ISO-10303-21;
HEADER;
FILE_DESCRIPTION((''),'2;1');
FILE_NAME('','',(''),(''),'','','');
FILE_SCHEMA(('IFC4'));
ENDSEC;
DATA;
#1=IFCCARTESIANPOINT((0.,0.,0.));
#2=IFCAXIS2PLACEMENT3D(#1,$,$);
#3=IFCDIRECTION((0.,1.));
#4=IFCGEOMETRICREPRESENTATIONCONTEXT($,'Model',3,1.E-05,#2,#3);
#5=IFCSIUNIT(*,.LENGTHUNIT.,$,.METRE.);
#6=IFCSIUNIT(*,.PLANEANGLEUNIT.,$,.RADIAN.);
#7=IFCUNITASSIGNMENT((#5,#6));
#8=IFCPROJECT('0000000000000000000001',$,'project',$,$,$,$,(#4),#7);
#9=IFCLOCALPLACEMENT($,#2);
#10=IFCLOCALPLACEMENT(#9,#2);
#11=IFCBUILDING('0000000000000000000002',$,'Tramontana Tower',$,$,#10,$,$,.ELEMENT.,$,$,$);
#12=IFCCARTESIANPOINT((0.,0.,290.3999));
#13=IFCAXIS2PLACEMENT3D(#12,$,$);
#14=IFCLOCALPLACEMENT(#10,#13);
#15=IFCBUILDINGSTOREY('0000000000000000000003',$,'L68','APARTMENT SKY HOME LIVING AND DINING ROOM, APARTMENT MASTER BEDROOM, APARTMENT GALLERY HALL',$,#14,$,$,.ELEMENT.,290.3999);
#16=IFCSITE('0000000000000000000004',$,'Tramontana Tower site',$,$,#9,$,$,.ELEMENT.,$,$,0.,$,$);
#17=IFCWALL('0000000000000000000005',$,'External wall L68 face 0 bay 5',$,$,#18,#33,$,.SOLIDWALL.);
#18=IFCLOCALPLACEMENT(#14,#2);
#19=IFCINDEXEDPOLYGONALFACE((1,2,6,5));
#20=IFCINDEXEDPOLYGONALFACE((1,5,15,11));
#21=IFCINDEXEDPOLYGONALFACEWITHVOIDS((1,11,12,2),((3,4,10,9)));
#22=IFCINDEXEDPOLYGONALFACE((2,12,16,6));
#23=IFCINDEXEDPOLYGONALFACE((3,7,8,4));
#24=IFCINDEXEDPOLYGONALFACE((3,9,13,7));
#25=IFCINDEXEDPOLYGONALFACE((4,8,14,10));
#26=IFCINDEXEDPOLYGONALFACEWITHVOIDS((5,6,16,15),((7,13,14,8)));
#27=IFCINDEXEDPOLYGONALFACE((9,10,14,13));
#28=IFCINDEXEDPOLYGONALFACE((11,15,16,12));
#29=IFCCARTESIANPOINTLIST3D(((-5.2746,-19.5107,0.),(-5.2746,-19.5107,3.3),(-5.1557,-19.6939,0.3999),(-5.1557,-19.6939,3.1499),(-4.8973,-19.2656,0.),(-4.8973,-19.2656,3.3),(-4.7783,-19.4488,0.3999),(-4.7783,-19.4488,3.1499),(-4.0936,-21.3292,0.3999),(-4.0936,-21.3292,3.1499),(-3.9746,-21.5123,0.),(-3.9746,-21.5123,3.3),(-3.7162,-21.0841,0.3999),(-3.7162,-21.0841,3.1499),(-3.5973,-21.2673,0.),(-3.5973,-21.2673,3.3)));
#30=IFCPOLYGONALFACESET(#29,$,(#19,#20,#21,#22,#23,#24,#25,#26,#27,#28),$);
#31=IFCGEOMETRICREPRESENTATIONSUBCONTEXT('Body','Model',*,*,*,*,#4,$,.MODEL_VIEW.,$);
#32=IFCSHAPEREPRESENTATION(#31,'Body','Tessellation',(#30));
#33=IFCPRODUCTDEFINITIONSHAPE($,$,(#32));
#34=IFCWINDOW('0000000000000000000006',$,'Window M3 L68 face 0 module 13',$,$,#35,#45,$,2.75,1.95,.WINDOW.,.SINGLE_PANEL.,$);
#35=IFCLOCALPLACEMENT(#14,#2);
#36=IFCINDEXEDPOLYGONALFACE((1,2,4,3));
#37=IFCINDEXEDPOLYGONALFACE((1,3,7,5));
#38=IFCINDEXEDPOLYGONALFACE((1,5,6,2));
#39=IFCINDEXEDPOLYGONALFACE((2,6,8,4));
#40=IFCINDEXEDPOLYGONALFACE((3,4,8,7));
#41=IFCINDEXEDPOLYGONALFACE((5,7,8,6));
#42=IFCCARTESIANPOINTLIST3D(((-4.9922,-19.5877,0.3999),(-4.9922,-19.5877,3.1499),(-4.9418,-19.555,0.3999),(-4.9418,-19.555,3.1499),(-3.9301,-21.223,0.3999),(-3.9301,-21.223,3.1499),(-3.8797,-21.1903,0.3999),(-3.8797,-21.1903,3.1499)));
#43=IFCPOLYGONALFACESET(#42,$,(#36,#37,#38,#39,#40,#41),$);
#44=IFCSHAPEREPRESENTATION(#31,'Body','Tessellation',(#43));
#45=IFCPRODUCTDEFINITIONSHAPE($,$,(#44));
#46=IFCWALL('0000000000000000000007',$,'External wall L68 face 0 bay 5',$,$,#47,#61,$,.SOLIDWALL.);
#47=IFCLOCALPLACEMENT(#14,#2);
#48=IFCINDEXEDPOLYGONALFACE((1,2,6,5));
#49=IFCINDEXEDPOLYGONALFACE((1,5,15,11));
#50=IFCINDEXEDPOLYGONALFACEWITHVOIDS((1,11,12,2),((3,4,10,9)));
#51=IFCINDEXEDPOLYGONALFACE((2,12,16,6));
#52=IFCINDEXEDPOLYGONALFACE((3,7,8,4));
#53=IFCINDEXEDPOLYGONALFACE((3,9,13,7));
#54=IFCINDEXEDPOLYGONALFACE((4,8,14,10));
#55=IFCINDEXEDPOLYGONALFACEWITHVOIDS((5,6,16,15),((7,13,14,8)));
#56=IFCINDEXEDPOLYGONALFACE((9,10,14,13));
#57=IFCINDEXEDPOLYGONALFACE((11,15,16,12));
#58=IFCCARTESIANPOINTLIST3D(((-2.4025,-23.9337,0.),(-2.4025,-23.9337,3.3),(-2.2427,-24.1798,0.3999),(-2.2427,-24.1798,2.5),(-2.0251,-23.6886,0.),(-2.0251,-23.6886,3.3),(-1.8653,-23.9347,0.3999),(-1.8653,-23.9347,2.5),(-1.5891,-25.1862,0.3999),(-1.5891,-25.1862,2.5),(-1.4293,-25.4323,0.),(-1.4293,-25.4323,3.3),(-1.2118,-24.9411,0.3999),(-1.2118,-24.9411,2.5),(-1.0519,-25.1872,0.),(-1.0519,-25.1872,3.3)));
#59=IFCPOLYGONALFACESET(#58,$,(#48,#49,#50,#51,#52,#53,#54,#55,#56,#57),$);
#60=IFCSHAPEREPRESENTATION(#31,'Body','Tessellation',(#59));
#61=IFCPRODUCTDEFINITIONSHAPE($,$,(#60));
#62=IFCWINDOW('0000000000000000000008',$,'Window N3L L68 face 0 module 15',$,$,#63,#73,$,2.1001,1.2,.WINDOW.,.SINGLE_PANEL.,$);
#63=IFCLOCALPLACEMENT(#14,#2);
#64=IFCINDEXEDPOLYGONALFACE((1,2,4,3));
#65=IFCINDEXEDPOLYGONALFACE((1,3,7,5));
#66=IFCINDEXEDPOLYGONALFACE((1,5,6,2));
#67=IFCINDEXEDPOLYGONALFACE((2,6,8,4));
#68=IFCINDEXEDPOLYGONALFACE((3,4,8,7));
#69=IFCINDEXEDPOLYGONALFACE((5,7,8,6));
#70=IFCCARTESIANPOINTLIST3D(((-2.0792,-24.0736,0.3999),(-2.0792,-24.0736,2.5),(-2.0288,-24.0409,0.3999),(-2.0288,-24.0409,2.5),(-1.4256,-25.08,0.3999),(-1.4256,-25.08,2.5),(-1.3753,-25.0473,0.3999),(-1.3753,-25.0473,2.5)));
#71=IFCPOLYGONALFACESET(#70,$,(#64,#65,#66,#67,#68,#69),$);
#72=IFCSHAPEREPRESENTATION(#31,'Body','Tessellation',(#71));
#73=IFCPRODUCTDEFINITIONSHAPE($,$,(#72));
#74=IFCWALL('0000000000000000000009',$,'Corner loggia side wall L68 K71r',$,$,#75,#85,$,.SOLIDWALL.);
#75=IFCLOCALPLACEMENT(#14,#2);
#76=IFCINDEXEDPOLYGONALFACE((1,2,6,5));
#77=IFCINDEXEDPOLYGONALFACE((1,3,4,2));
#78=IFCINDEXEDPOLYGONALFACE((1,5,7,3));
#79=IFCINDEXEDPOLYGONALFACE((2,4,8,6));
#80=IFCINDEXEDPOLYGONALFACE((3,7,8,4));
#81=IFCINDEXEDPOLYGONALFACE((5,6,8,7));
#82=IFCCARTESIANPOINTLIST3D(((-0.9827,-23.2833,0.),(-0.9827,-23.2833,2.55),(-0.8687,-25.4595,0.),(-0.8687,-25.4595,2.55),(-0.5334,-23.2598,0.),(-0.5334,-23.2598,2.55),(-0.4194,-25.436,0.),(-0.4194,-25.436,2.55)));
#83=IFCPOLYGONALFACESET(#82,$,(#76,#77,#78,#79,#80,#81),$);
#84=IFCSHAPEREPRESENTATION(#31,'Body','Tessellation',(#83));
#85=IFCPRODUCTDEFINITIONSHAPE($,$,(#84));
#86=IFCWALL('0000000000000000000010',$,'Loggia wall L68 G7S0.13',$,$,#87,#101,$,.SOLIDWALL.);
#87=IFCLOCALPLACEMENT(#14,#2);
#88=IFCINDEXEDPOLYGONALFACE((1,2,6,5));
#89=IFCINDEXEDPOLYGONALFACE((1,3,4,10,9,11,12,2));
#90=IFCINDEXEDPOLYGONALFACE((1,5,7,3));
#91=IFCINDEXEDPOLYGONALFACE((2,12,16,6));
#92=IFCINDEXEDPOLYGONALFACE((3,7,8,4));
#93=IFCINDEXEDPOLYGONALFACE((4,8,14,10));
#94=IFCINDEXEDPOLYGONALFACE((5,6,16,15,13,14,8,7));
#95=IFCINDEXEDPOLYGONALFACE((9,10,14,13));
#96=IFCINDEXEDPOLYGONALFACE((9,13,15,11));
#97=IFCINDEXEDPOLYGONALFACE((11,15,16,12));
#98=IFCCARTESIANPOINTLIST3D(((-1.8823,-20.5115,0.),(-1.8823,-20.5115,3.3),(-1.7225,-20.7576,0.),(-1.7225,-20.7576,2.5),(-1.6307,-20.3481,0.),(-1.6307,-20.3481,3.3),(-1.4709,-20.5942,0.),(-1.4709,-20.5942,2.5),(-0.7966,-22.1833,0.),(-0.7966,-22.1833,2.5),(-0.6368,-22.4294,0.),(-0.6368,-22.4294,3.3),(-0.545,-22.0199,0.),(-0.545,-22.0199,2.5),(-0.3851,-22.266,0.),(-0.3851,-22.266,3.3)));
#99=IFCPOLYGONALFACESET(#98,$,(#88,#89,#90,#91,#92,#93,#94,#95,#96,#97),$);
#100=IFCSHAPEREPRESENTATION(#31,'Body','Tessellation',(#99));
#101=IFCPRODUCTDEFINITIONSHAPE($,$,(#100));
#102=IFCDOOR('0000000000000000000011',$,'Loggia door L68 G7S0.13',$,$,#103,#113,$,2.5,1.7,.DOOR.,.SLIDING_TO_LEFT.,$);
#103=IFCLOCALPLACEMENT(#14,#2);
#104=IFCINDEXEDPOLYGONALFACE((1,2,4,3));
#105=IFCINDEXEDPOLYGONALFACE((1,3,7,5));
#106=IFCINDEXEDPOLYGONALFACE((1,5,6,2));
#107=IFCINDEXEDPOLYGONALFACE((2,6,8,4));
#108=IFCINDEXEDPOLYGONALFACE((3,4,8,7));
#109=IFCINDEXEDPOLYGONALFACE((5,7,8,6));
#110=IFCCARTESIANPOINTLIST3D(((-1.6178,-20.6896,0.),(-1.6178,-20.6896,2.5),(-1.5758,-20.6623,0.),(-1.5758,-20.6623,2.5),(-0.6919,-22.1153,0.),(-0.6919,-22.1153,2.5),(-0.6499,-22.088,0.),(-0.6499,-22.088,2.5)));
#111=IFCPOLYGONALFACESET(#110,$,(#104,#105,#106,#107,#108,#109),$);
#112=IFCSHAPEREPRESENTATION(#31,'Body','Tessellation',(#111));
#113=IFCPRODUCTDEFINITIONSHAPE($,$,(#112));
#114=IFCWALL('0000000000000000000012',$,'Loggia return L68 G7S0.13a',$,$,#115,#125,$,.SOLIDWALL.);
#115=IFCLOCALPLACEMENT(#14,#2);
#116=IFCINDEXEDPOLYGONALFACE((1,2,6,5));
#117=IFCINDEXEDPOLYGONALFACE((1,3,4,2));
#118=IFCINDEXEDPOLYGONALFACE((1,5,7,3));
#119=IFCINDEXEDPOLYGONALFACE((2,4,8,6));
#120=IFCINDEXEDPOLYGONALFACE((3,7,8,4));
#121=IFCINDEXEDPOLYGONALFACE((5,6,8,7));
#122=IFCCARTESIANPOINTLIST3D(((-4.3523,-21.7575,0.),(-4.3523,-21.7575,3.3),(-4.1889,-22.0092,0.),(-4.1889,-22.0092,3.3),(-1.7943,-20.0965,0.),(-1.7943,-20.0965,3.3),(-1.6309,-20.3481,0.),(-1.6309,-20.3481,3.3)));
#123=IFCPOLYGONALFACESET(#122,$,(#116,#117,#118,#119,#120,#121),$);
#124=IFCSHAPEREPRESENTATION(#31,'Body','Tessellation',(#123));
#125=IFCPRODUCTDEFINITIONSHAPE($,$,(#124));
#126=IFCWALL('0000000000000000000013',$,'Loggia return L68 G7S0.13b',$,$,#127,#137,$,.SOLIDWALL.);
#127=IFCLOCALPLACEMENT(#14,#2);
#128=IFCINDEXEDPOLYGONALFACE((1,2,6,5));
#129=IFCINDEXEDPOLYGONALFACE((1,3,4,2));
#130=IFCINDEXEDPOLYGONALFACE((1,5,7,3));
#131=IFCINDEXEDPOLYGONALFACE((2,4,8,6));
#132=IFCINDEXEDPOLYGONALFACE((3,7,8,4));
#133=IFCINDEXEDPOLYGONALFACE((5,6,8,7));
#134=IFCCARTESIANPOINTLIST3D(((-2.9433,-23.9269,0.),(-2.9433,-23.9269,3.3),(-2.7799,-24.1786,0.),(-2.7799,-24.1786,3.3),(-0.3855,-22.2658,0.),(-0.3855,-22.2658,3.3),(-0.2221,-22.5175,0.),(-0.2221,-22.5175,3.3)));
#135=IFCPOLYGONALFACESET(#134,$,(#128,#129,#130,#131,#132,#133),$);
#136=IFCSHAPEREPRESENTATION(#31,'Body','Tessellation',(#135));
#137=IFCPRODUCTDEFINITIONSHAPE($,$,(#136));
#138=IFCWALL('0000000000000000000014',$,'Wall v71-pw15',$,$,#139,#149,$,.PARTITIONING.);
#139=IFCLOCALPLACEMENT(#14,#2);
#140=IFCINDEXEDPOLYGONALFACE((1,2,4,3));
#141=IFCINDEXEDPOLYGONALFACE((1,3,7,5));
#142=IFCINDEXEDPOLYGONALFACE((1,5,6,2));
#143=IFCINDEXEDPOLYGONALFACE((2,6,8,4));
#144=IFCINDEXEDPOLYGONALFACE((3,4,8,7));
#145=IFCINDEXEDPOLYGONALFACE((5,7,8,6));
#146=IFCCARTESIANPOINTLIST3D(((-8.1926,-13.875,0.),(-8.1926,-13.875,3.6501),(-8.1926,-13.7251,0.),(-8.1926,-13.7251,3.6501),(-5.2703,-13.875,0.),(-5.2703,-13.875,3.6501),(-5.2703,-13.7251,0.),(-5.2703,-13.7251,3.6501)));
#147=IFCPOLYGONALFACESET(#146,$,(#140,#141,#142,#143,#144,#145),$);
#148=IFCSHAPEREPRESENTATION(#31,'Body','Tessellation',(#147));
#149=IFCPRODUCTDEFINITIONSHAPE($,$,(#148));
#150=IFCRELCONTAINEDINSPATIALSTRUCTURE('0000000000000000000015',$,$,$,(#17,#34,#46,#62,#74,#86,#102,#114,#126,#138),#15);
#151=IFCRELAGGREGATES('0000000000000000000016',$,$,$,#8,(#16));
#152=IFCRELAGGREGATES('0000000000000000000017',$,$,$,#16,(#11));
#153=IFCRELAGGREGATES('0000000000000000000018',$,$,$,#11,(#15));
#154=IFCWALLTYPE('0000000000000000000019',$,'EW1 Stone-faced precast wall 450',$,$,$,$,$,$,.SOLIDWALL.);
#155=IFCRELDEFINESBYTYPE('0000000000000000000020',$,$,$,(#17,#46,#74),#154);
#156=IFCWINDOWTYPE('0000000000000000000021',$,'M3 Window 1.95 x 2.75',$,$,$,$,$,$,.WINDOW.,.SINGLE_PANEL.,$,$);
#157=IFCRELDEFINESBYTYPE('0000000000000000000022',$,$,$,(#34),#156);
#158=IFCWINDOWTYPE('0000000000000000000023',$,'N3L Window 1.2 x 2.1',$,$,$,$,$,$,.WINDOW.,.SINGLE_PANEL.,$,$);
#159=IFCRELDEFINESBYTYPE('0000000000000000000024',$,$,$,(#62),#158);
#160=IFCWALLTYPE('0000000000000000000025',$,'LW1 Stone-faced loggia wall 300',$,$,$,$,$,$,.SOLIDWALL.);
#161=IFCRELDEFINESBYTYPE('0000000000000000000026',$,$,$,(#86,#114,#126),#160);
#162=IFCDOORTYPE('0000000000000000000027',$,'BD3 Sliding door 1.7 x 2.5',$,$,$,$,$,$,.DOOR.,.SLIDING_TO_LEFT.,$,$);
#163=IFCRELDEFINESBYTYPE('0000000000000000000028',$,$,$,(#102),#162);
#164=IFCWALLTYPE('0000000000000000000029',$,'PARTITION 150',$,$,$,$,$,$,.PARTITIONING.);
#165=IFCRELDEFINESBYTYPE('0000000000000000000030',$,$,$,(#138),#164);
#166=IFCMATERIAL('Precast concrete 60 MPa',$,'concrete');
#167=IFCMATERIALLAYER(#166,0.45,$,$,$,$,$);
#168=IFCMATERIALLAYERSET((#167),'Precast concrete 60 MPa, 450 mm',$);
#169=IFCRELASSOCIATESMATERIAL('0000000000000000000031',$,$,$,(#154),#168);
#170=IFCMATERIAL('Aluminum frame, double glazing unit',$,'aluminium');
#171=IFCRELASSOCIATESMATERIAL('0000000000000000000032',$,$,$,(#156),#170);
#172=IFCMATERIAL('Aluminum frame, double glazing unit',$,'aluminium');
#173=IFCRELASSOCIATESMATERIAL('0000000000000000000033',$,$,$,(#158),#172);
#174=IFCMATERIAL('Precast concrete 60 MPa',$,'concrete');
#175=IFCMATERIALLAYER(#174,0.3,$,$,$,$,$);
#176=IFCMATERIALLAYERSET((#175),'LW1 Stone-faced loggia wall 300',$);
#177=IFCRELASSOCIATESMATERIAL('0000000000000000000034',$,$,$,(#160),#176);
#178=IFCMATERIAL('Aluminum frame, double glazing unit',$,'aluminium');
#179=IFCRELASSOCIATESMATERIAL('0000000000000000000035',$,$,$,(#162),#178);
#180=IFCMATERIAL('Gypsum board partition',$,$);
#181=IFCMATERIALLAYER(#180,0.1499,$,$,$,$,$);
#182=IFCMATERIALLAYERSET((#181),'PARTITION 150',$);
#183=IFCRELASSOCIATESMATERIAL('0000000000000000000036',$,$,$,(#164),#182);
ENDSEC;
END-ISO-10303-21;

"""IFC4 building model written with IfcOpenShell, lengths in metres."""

from ifc_helpers import new_model, si_unit, direction, frame, frame_2d, origin, place, context, subcontext, project, spatial, rectangle, extrude, material, layer, layer_set, type_object, element, fill, save


model = new_model("IFC4")

# Units and contexts
model_context = context("Model", 3, precision=1e-05, world=origin(), true_north=direction((0.0, 1.0)))
body_context = subcontext(model_context, "Body", "Model", "MODEL_VIEW")
ifc_project = project(units=[si_unit("LENGTHUNIT", "METRE"), si_unit("PLANEANGLEUNIT", "RADIAN")], contexts=[model_context])

# Site, building, storey
site_placement = place(None, origin())
site = spatial("IfcSite", under=ifc_project, at=site_placement, Name="Tramontana Tower site", CompositionType="ELEMENT", RefElevation=0.0)
building_placement = place(site_placement, origin())
building = spatial("IfcBuilding", under=site, at=building_placement, Name="Tramontana Tower", CompositionType="ELEMENT")
storey_placement = place(building_placement, frame((0.0, 0.0, 290.3999)))
storey = spatial("IfcBuildingStorey", under=building, at=storey_placement, Name="L68", Description="APARTMENT SKY HOME LIVING AND DINING ROOM, APARTMENT MASTER BEDROOM, APARTMENT GALLERY HALL", CompositionType="ELEMENT", Elevation=290.3999)

# Shared definitions
ifc_material_1 = material(Name="Precast concrete 60 MPa", Category="concrete")
ifc_layer_1 = layer(ifc_material_1, 0.45)
ifc_layer_set_1 = layer_set([ifc_layer_1], Name="Precast concrete 60 MPa, 450 mm")
wall_type_1 = type_object("IfcWallType", Name="EW1 Stone-faced precast wall 450", PredefinedType="SOLIDWALL", material=ifc_layer_set_1)
ifc_material_2 = material(Name="Aluminum frame, double glazing unit", Category="aluminium")
window_type_1 = type_object("IfcWindowType", Name="M3 Window 1.95 x 2.75", PartitioningType="SINGLE_PANEL", PredefinedType="WINDOW", material=ifc_material_2)

# Walls, openings, windows
wall_1_placement = place(storey_placement, frame((-5.0859, -19.3882, 0.0), z_axis=(0.0, 0.0, 1.0), x_axis=(0.544676, -0.838647, 0.0)))
wall_1 = element("IfcWall", 1, at=wall_1_placement, inside=storey, type_object=wall_type_1, Name="External wall L68 face 0 bay 5", PredefinedType="SOLIDWALL", context=body_context, shape_type="SweptSolid", body=[
    extrude(rectangle(XDim=2.3867, YDim=0.45, at=frame_2d((1.1934, 0.0))), origin(), (0.0, 0.0, 1.0), 3.3),
])
opening_1_placement = place(wall_1_placement, frame((0.2183, 0.0, 0.3999)))
opening_1 = element("IfcOpeningElement", 2, at=opening_1_placement, cuts=wall_1, PredefinedType="OPENING", context=body_context, shape_type="SweptSolid", body=[
    extrude(rectangle(XDim=1.95, YDim=2.75, at=frame_2d((0.9751, 1.375))), frame((0.0, 0.2349, 0.0), z_axis=(0.0, -1.0, 0.0), x_axis=(1.0, 0.0, 0.0)), (0.0, 0.0, 1.0), 0.47),
])
window_1_placement = place(opening_1_placement, origin())
window_1 = element("IfcWindow", 3, at=window_1_placement, inside=storey, type_object=window_type_1, Name="Window M3 L68 face 0 module 13", OverallHeight=2.75, OverallWidth=1.95, PartitioningType="SINGLE_PANEL", PredefinedType="WINDOW", context=body_context, shape_type="SweptSolid", body=[
    extrude(rectangle(XDim=1.95, YDim=2.75, at=frame_2d((0.9751, 1.375))), frame((0.0, 0.03, 0.0), z_axis=(0.0, -1.0, 0.0), x_axis=(1.0, 0.0, 0.0)), (0.0, 0.0, 1.0), 0.0601),
])
fill(opening_1, window_1)
wall_2_placement = place(storey_placement, frame((-2.2139, -23.811, 0.0), z_axis=(0.0, 0.0, 1.0), x_axis=(0.544633, -0.838675, 0.0)))
wall_2 = element("IfcWall", 4, at=wall_2_placement, inside=storey, type_object=wall_type_1, Name="External wall L68 face 0 bay 5", PredefinedType="SOLIDWALL", context=body_context, shape_type="SweptSolid", body=[
    extrude(rectangle(XDim=1.7869, YDim=0.45, at=frame_2d((0.8936, 0.0))), origin(), (0.0, 0.0, 1.0), 3.3),
])
opening_2_placement = place(wall_2_placement, frame((0.2935, 0.0, 0.3999)))
opening_2 = element("IfcOpeningElement", 5, at=opening_2_placement, cuts=wall_2, PredefinedType="OPENING", context=body_context, shape_type="SweptSolid", body=[
    extrude(rectangle(XDim=1.2, YDim=2.1001, at=frame_2d((0.6001, 1.05))), frame((0.0, 0.2349, 0.0), z_axis=(0.0, -1.0, 0.0), x_axis=(1.0, 0.0, 0.0)), (0.0, 0.0, 1.0), 0.47),
])
ifc_material_3 = material(Name="Aluminum frame, double glazing unit", Category="aluminium")
window_type_2 = type_object("IfcWindowType", Name="N3L Window 1.2 x 2.1", PartitioningType="SINGLE_PANEL", PredefinedType="WINDOW", material=ifc_material_3)
window_2_placement = place(opening_2_placement, origin())
window_2 = element("IfcWindow", 6, at=window_2_placement, inside=storey, type_object=window_type_2, Name="Window N3L L68 face 0 module 15", OverallHeight=2.1001, OverallWidth=1.2, PartitioningType="SINGLE_PANEL", PredefinedType="WINDOW", context=body_context, shape_type="SweptSolid", body=[
    extrude(rectangle(XDim=1.2, YDim=2.1001, at=frame_2d((0.6001, 1.05))), frame((0.0, 0.03, 0.0), z_axis=(0.0, -1.0, 0.0), x_axis=(1.0, 0.0, 0.0)), (0.0, 0.0, 1.0), 0.0601),
])
fill(opening_2, window_2)

# Wall
wall_3_placement = place(storey_placement, frame((-0.644, -25.4478, 0.0), z_axis=(0.0, 0.0, 1.0), x_axis=(-0.052318, 0.99863, 0.0)))
element("IfcWall", 7, at=wall_3_placement, inside=storey, type_object=wall_type_1, Name="Corner loggia side wall L68 K71r", PredefinedType="SOLIDWALL", context=body_context, shape_type="SweptSolid", body=[
    extrude(rectangle(XDim=2.1792, YDim=0.45, at=frame_2d((1.0896, 0.0))), origin(), (0.0, 0.0, 1.0), 2.55),
])

# Wall, opening, door
ifc_material_4 = material(Name="Precast concrete 60 MPa", Category="concrete")
ifc_layer_2 = layer(ifc_material_4, 0.3)
ifc_layer_set_2 = layer_set([ifc_layer_2], Name="LW1 Stone-faced loggia wall 300")
wall_type_2 = type_object("IfcWallType", Name="LW1 Stone-faced loggia wall 300", PredefinedType="SOLIDWALL", material=ifc_layer_set_2)
wall_4_placement = place(storey_placement, frame((-1.7566, -20.4297, 0.0), z_axis=(0.0, 0.0, 1.0), x_axis=(0.544658, -0.838658, 0.0)))
wall_4 = element("IfcWall", 8, at=wall_4_placement, inside=storey, type_object=wall_type_2, Name="Loggia wall L68 G7S0.13", PredefinedType="SOLIDWALL", context=body_context, shape_type="SweptSolid", body=[
    extrude(rectangle(XDim=2.2869, YDim=0.3, at=frame_2d((1.1436, 0.0))), origin(), (0.0, 0.0, 1.0), 3.3),
])
opening_3_placement = place(wall_4_placement, frame((0.2935, 0.0, 0.0)))
opening_3 = element("IfcOpeningElement", 9, at=opening_3_placement, cuts=wall_4, PredefinedType="OPENING", context=body_context, shape_type="SweptSolid", body=[
    extrude(rectangle(XDim=1.7, YDim=2.5, at=frame_2d((0.8501, 1.25))), frame((0.0, 0.1599, 0.0), z_axis=(0.0, -1.0, 0.0), x_axis=(1.0, 0.0, 0.0)), (0.0, 0.0, 1.0), 0.3201),
])
ifc_material_5 = material(Name="Aluminum frame, double glazing unit", Category="aluminium")
door_type_1 = type_object("IfcDoorType", Name="BD3 Sliding door 1.7 x 2.5", OperationType="SLIDING_TO_LEFT", PredefinedType="DOOR", material=ifc_material_5)
door_1_placement = place(opening_3_placement, origin())
door_1 = element("IfcDoor", 10, at=door_1_placement, inside=storey, type_object=door_type_1, Name="Loggia door L68 G7S0.13", OperationType="SLIDING_TO_LEFT", OverallHeight=2.5, OverallWidth=1.7, PredefinedType="DOOR", context=body_context, shape_type="SweptSolid", body=[
    extrude(rectangle(XDim=1.7, YDim=2.5, at=frame_2d((0.8501, 1.25))), frame((0.0, 0.0249, 0.0), z_axis=(0.0, -1.0, 0.0), x_axis=(1.0, 0.0, 0.0)), (0.0, 0.0, 1.0), 0.05),
])
fill(opening_3, door_1)

# Walls
wall_5_placement = place(storey_placement, frame((-4.2705, -21.8833, 0.0), z_axis=(0.0, 0.0, 1.0), x_axis=(0.838689, 0.544611, 0.0)))
element("IfcWall", 11, at=wall_5_placement, inside=storey, type_object=wall_type_2, Name="Loggia return L68 G7S0.13a", PredefinedType="SOLIDWALL", context=body_context, shape_type="SweptSolid", body=[
    extrude(rectangle(XDim=3.05, YDim=0.3, at=frame_2d((1.5249, 0.0))), origin(), (0.0, 0.0, 1.0), 3.3),
])
wall_6_placement = place(storey_placement, frame((-2.8616, -24.0527, 0.0), z_axis=(0.0, 0.0, 1.0), x_axis=(0.838665, 0.544648, 0.0)))
element("IfcWall", 12, at=wall_6_placement, inside=storey, type_object=wall_type_2, Name="Loggia return L68 G7S0.13b", PredefinedType="SOLIDWALL", context=body_context, shape_type="SweptSolid", body=[
    extrude(rectangle(XDim=3.0498, YDim=0.3, at=frame_2d((1.5249, 0.0))), origin(), (0.0, 0.0, 1.0), 3.3),
])
ifc_material_6 = material(Name="Gypsum board partition")
ifc_layer_3 = layer(ifc_material_6, 0.1499)
ifc_layer_set_3 = layer_set([ifc_layer_3], Name="PARTITION 150")
wall_type_3 = type_object("IfcWallType", Name="PARTITION 150", PredefinedType="PARTITIONING", material=ifc_layer_set_3)
wall_7_placement = place(storey_placement, frame((-5.2703, -13.8, 0.0), z_axis=(0.0, 0.0, 1.0), x_axis=(-1.0, 0.0, 0.0)))
element("IfcWall", 13, at=wall_7_placement, inside=storey, type_object=wall_type_3, Name="Wall v71-pw15", PredefinedType="PARTITIONING", context=body_context, shape_type="SweptSolid", body=[
    extrude(rectangle(XDim=2.9224, YDim=0.1499, at=frame_2d((1.4612, 0.0))), origin(), (0.0, 0.0, 1.0), 3.6501),
])

save(model, "model.ifc")
